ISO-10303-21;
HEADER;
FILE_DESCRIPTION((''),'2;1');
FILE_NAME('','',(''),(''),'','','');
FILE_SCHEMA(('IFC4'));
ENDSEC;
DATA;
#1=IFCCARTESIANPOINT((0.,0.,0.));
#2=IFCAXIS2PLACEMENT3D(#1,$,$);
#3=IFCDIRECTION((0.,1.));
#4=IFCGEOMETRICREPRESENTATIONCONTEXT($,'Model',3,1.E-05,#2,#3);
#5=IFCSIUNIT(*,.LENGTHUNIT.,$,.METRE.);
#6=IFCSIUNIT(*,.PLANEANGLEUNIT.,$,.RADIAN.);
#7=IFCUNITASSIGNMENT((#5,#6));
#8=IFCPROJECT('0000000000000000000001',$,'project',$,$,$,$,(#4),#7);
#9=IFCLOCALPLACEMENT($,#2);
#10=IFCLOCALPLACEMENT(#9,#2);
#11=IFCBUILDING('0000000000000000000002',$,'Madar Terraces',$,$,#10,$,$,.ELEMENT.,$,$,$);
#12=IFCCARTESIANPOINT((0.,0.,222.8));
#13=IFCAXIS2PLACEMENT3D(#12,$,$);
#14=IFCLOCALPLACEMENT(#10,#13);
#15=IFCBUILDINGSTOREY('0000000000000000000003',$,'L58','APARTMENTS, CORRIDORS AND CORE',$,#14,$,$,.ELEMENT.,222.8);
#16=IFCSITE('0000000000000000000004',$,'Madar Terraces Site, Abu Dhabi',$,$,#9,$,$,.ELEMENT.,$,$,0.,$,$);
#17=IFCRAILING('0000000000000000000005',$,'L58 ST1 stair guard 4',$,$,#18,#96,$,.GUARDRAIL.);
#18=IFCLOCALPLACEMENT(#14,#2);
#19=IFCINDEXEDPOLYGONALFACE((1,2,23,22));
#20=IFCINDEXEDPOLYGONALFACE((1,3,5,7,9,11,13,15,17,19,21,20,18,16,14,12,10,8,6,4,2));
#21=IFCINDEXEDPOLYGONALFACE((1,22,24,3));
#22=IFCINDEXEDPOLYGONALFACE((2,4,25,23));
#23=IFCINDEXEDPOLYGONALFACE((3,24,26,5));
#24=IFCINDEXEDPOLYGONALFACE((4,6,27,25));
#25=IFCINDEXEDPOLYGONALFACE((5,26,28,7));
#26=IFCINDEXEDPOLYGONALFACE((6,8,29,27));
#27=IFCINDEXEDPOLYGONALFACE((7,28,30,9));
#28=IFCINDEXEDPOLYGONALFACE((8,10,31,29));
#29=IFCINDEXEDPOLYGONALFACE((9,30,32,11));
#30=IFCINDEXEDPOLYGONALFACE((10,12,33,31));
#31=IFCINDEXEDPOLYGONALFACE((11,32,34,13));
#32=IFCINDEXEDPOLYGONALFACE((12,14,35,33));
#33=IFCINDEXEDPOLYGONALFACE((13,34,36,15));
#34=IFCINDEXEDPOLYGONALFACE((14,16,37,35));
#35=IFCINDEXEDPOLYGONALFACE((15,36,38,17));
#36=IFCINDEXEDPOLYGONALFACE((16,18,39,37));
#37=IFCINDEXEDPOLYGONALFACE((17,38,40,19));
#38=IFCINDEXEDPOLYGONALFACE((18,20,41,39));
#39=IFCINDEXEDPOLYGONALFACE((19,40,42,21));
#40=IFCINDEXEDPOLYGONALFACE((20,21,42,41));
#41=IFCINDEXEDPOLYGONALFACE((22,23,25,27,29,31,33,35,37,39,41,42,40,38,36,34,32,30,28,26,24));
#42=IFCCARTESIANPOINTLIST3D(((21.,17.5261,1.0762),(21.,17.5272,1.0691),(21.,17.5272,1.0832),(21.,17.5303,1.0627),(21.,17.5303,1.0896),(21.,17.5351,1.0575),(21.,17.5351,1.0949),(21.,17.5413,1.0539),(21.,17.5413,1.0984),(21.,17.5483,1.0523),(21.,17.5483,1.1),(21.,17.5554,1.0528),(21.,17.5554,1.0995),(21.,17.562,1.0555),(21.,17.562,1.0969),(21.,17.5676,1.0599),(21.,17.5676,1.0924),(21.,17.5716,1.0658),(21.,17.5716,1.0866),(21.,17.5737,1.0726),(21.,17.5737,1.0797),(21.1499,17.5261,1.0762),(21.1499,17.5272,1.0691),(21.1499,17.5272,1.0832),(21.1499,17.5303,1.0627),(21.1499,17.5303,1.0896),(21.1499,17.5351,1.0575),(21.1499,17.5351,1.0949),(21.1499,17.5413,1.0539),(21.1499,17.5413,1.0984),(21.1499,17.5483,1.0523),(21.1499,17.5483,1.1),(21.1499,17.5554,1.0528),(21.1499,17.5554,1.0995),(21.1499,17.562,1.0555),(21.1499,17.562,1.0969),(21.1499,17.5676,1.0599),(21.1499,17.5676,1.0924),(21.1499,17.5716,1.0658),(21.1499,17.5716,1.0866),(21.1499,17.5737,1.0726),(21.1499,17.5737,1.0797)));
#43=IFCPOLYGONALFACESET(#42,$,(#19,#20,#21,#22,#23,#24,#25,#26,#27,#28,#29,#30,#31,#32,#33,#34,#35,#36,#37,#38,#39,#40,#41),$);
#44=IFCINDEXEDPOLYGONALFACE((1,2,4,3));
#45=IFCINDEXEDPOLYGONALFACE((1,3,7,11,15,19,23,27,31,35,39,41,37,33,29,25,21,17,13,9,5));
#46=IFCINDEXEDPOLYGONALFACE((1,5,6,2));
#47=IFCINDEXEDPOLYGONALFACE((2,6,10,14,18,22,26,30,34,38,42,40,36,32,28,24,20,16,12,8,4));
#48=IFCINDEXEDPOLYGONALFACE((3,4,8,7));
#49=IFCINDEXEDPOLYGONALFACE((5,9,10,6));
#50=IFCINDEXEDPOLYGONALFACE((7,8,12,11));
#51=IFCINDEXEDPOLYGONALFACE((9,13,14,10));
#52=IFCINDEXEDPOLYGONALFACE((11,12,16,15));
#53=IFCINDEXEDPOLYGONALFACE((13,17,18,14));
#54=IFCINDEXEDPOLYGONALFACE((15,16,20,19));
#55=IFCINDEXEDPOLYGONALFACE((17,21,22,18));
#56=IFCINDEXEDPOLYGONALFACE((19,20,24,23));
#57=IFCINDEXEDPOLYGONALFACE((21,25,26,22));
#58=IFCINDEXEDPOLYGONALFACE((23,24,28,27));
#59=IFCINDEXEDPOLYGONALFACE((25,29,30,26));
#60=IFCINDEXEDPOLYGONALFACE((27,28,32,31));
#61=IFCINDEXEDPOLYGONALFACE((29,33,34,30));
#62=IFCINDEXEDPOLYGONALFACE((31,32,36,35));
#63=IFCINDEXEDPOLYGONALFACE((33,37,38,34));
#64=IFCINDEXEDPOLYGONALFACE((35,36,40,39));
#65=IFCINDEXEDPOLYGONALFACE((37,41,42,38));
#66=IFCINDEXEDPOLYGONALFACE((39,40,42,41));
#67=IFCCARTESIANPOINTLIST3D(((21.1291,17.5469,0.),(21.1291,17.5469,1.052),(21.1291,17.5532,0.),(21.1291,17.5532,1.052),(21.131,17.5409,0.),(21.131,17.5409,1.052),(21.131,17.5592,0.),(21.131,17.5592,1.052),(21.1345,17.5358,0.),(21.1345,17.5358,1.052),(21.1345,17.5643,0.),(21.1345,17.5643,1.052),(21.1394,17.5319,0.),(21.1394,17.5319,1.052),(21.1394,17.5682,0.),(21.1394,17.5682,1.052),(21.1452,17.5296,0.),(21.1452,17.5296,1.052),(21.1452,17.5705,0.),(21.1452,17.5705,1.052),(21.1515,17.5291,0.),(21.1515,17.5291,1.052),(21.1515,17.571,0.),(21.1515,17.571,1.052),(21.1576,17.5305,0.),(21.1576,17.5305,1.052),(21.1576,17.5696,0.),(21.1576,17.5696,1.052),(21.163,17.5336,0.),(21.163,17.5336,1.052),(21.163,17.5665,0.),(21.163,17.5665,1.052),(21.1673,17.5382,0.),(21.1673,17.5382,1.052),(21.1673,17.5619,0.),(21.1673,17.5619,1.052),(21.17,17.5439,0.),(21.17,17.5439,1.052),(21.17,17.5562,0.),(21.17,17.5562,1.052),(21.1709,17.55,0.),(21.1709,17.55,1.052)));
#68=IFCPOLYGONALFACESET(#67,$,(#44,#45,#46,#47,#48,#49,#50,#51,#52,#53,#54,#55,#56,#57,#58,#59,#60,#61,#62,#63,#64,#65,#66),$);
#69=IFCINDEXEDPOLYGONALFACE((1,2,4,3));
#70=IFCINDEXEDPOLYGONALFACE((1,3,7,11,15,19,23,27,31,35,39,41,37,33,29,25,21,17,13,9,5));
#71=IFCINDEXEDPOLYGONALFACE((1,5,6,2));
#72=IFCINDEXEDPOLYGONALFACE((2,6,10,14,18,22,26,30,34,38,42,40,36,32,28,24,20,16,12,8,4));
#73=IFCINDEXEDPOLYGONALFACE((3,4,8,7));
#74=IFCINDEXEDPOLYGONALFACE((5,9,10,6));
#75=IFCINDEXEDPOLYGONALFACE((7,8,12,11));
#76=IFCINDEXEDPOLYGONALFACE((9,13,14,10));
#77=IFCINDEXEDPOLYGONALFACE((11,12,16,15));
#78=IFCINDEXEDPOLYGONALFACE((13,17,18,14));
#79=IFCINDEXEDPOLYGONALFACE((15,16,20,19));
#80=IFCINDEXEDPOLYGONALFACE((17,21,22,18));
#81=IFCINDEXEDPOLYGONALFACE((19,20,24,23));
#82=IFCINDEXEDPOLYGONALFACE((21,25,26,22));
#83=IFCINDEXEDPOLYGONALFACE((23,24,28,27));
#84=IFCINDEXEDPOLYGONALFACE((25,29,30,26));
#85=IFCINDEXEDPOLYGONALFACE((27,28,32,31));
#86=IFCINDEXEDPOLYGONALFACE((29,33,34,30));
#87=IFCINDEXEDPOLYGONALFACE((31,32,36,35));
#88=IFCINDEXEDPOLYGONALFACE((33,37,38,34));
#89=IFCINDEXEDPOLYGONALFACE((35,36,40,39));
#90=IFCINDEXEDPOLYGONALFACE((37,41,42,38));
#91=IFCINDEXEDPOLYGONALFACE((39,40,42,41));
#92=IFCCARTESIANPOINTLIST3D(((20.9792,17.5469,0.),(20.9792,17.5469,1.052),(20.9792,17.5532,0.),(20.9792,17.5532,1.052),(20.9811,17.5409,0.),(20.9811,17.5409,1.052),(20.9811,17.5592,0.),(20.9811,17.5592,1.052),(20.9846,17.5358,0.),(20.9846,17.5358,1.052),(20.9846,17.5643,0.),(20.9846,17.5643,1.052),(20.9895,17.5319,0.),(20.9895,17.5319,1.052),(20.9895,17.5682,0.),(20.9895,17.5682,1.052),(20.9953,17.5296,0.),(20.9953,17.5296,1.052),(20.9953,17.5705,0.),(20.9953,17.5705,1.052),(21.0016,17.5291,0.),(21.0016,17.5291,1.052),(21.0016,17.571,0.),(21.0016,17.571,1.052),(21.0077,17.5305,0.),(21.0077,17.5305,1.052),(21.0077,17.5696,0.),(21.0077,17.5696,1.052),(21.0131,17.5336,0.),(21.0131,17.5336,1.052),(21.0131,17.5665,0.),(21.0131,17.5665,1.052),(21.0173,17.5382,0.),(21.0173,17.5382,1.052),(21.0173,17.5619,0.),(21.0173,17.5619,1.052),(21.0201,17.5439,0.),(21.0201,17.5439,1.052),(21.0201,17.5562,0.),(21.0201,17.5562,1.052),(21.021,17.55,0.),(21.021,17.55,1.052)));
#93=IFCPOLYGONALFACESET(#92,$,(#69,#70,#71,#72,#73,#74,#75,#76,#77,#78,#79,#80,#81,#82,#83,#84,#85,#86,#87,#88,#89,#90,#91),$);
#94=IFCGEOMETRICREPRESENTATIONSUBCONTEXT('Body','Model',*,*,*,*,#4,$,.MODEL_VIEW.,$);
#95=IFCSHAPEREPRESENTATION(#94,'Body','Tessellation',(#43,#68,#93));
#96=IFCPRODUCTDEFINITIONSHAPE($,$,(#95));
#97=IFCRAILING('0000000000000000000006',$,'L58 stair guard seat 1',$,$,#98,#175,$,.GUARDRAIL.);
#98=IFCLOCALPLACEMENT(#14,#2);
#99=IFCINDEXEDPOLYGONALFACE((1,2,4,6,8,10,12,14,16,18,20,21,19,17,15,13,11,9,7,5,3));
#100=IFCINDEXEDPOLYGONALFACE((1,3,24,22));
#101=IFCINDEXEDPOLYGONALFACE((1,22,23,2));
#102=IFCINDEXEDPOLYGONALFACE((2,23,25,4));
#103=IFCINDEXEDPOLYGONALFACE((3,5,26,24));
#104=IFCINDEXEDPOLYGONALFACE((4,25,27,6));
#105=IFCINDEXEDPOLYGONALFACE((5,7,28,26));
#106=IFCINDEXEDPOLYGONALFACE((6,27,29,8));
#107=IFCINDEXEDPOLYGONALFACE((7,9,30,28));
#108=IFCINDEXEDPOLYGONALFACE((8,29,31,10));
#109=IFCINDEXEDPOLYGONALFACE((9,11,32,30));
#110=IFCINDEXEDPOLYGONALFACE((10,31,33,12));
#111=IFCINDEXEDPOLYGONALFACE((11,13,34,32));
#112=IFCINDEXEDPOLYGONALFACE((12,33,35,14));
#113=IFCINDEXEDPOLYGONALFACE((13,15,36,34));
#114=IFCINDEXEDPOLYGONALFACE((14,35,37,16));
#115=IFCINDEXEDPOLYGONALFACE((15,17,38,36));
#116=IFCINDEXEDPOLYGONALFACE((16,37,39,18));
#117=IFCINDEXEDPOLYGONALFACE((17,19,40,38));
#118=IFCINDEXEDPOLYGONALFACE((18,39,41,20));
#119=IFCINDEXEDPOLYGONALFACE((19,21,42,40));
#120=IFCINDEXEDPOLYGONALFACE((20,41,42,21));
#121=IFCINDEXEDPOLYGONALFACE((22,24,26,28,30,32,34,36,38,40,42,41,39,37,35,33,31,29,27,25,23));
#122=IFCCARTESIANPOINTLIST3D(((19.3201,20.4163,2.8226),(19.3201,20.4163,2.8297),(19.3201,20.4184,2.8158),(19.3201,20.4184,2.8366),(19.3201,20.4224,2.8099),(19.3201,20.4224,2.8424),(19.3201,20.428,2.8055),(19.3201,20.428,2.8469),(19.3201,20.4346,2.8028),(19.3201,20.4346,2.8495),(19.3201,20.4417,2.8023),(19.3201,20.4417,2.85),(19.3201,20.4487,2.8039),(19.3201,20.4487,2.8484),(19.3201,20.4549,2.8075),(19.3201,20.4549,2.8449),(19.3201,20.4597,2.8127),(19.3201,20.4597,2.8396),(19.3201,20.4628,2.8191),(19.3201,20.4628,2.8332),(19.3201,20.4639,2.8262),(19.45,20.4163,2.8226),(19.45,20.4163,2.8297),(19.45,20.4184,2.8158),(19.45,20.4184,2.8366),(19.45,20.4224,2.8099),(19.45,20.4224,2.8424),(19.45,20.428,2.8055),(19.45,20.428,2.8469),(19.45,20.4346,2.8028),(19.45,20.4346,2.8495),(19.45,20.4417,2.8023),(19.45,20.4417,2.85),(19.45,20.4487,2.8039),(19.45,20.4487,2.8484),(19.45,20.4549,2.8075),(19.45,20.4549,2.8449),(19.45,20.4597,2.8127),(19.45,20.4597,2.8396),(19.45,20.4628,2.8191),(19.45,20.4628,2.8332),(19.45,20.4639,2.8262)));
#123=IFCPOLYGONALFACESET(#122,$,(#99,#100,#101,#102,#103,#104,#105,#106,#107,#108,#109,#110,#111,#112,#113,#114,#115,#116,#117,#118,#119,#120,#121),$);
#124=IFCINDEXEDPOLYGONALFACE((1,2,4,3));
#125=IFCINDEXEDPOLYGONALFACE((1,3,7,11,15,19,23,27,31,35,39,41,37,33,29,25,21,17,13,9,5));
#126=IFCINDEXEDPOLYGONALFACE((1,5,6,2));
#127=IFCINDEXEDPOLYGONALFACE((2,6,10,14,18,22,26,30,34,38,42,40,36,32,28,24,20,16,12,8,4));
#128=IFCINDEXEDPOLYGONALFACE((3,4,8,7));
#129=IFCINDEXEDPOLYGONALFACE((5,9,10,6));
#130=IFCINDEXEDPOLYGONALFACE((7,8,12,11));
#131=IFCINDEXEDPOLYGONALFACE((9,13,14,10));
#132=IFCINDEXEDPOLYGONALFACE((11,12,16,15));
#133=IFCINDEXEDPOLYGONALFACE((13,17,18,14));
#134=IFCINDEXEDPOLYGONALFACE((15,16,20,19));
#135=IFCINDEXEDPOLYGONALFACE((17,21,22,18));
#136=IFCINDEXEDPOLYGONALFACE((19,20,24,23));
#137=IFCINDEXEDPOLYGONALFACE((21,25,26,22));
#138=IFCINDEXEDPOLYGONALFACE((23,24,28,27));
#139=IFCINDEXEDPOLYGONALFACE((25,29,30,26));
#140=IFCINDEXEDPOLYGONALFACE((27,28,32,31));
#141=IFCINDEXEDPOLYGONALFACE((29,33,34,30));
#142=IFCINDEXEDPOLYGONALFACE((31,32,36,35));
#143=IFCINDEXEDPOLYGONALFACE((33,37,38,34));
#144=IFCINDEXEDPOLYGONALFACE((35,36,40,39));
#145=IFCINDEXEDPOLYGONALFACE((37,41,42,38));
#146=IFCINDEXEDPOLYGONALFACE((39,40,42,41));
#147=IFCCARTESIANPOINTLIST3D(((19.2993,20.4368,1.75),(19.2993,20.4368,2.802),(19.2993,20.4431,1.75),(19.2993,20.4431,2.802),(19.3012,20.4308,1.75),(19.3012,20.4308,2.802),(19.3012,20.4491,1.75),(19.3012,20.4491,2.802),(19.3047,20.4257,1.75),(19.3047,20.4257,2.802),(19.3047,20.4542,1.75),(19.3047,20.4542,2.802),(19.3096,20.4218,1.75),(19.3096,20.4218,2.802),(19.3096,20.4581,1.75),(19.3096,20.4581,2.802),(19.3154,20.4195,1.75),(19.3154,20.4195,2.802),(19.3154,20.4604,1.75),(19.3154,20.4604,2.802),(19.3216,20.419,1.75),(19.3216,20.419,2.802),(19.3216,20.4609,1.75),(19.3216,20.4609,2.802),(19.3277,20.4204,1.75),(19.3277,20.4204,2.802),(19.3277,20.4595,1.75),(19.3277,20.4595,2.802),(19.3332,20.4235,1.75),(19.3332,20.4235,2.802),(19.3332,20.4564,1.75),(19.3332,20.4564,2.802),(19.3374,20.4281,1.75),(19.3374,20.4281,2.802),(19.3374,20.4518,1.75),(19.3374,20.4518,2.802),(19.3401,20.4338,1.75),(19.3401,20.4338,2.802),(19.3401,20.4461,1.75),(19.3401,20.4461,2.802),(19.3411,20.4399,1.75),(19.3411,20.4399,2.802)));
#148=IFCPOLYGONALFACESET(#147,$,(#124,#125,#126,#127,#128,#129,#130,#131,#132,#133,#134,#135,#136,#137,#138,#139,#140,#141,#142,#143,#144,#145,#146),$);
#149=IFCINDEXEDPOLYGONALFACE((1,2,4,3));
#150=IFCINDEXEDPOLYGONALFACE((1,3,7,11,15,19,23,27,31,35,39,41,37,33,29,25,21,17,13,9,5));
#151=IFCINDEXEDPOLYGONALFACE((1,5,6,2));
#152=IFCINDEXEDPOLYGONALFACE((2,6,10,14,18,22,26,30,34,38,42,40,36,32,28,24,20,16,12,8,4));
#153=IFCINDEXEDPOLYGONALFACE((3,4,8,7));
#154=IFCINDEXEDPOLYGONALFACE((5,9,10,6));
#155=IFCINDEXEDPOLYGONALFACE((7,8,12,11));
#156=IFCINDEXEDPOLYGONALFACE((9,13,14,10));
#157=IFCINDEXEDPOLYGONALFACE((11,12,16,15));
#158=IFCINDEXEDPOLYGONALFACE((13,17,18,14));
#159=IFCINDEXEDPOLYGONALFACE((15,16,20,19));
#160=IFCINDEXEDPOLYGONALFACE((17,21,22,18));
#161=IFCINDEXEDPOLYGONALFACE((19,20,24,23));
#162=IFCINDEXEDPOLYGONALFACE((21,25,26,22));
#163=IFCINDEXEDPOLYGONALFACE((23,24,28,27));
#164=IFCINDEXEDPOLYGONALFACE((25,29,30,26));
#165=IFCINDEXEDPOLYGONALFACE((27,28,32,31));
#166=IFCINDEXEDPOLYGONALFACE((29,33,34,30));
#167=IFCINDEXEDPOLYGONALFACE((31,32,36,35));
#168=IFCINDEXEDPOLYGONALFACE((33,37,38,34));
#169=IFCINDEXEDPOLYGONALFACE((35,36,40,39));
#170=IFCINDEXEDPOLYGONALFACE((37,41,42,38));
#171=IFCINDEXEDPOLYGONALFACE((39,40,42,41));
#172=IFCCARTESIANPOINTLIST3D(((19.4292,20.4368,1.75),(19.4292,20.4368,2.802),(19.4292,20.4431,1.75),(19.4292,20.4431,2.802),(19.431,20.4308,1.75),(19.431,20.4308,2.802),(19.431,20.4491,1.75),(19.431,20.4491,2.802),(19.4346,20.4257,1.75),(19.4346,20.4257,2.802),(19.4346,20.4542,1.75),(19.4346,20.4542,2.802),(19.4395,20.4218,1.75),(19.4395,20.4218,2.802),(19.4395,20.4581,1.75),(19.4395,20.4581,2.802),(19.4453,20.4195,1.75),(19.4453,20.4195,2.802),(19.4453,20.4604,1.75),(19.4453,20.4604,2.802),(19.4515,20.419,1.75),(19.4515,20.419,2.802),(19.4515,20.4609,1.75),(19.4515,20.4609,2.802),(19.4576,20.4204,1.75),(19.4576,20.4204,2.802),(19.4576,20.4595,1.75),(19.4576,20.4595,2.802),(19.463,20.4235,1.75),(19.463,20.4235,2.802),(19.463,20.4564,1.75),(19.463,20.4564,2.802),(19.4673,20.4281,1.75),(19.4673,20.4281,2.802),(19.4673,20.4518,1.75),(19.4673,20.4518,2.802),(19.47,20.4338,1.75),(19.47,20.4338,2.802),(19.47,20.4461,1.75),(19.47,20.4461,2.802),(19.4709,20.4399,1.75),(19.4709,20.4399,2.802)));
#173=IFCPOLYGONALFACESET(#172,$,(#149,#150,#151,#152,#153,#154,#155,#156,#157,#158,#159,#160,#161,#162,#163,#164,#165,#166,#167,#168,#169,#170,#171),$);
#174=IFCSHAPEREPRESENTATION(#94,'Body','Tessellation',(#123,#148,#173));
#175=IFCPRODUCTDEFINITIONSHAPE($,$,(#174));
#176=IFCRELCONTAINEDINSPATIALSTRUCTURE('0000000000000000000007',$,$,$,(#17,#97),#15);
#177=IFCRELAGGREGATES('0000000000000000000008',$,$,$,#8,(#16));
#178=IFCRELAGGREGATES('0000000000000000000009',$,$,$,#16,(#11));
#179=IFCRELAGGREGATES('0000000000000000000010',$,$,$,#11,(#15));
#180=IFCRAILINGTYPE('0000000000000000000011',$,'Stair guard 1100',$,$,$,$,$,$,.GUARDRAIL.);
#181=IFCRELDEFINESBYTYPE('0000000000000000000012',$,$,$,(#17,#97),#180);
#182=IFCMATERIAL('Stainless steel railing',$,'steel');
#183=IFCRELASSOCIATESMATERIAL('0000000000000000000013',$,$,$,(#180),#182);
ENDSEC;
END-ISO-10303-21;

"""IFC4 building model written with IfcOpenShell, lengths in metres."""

from ifc_helpers import new_model, si_unit, direction, frame, origin, origin_2d, place, context, subcontext, project, spatial, circle, extrude, material, type_object, element, save


model = new_model("IFC4")

# Units and contexts
model_context = context("Model", 3, precision=1e-05, world=origin(), true_north=direction((0.0, 1.0)))
body_context = subcontext(model_context, "Body", "Model", "MODEL_VIEW")
ifc_project = project(units=[si_unit("LENGTHUNIT", "METRE"), si_unit("PLANEANGLEUNIT", "RADIAN")], contexts=[model_context])

# Site, building, storey
site_placement = place(None, origin())
site = spatial("IfcSite", under=ifc_project, at=site_placement, Name="Madar Terraces Site, Abu Dhabi", CompositionType="ELEMENT", RefElevation=0.0)
building_placement = place(site_placement, origin())
building = spatial("IfcBuilding", under=site, at=building_placement, Name="Madar Terraces", CompositionType="ELEMENT")
storey_placement = place(building_placement, frame((0.0, 0.0, 222.8)))
storey = spatial("IfcBuildingStorey", under=building, at=storey_placement, Name="L58", Description="APARTMENTS, CORRIDORS AND CORE", CompositionType="ELEMENT", Elevation=222.8)

# Railings
ifc_material_1 = material(Name="Stainless steel railing", Category="steel")
railing_type_1 = type_object("IfcRailingType", Name="Stair guard 1100", PredefinedType="GUARDRAIL", material=ifc_material_1)
railing_1_placement = place(storey_placement, frame((21.1499, 17.55, 0.0)))
element("IfcRailing", 1, at=railing_1_placement, inside=storey, type_object=railing_type_1, Name="L58 ST1 stair guard 4", PredefinedType="GUARDRAIL", context=body_context, shape_type="SweptSolid", body=[
    extrude(circle(Radius=0.0239, at=origin_2d()), frame((0.0, 0.0, 1.0762), z_axis=(-1.0, 0.0, 0.0), x_axis=(0.0, -1.0, 0.0)), (0.0, 0.0, 1.0), 0.1499),
    extrude(circle(Radius=0.021, at=origin_2d()), origin(), (0.0, 0.0, 1.0), 1.052),
    extrude(circle(Radius=0.021, at=origin_2d()), frame((-0.1499, 0.0, 0.0)), (0.0, 0.0, 1.0), 1.052),
])
for number, where, name in (
    (2, (19.3201, 20.4399, 1.75), "L58 stair guard seat 1"),
):
    element("IfcRailing", number, at=place(storey_placement, frame(where)), inside=storey, type_object=railing_type_1, Name=name, PredefinedType="GUARDRAIL", context=body_context, shape_type="SweptSolid", body=[
        extrude(circle(Radius=0.0239, at=origin_2d()), frame((0.0, 0.0, 1.0762), z_axis=(1.0, 0.0, 0.0), x_axis=(0.0, 1.0, 0.0)), (0.0, 0.0, 1.0), 0.1299),
        extrude(circle(Radius=0.021, at=origin_2d()), origin(), (0.0, 0.0, 1.0), 1.052),
        extrude(circle(Radius=0.021, at=origin_2d()), frame((0.1299, 0.0, 0.0)), (0.0, 0.0, 1.0), 1.052),
    ])

save(model, "model.ifc")
